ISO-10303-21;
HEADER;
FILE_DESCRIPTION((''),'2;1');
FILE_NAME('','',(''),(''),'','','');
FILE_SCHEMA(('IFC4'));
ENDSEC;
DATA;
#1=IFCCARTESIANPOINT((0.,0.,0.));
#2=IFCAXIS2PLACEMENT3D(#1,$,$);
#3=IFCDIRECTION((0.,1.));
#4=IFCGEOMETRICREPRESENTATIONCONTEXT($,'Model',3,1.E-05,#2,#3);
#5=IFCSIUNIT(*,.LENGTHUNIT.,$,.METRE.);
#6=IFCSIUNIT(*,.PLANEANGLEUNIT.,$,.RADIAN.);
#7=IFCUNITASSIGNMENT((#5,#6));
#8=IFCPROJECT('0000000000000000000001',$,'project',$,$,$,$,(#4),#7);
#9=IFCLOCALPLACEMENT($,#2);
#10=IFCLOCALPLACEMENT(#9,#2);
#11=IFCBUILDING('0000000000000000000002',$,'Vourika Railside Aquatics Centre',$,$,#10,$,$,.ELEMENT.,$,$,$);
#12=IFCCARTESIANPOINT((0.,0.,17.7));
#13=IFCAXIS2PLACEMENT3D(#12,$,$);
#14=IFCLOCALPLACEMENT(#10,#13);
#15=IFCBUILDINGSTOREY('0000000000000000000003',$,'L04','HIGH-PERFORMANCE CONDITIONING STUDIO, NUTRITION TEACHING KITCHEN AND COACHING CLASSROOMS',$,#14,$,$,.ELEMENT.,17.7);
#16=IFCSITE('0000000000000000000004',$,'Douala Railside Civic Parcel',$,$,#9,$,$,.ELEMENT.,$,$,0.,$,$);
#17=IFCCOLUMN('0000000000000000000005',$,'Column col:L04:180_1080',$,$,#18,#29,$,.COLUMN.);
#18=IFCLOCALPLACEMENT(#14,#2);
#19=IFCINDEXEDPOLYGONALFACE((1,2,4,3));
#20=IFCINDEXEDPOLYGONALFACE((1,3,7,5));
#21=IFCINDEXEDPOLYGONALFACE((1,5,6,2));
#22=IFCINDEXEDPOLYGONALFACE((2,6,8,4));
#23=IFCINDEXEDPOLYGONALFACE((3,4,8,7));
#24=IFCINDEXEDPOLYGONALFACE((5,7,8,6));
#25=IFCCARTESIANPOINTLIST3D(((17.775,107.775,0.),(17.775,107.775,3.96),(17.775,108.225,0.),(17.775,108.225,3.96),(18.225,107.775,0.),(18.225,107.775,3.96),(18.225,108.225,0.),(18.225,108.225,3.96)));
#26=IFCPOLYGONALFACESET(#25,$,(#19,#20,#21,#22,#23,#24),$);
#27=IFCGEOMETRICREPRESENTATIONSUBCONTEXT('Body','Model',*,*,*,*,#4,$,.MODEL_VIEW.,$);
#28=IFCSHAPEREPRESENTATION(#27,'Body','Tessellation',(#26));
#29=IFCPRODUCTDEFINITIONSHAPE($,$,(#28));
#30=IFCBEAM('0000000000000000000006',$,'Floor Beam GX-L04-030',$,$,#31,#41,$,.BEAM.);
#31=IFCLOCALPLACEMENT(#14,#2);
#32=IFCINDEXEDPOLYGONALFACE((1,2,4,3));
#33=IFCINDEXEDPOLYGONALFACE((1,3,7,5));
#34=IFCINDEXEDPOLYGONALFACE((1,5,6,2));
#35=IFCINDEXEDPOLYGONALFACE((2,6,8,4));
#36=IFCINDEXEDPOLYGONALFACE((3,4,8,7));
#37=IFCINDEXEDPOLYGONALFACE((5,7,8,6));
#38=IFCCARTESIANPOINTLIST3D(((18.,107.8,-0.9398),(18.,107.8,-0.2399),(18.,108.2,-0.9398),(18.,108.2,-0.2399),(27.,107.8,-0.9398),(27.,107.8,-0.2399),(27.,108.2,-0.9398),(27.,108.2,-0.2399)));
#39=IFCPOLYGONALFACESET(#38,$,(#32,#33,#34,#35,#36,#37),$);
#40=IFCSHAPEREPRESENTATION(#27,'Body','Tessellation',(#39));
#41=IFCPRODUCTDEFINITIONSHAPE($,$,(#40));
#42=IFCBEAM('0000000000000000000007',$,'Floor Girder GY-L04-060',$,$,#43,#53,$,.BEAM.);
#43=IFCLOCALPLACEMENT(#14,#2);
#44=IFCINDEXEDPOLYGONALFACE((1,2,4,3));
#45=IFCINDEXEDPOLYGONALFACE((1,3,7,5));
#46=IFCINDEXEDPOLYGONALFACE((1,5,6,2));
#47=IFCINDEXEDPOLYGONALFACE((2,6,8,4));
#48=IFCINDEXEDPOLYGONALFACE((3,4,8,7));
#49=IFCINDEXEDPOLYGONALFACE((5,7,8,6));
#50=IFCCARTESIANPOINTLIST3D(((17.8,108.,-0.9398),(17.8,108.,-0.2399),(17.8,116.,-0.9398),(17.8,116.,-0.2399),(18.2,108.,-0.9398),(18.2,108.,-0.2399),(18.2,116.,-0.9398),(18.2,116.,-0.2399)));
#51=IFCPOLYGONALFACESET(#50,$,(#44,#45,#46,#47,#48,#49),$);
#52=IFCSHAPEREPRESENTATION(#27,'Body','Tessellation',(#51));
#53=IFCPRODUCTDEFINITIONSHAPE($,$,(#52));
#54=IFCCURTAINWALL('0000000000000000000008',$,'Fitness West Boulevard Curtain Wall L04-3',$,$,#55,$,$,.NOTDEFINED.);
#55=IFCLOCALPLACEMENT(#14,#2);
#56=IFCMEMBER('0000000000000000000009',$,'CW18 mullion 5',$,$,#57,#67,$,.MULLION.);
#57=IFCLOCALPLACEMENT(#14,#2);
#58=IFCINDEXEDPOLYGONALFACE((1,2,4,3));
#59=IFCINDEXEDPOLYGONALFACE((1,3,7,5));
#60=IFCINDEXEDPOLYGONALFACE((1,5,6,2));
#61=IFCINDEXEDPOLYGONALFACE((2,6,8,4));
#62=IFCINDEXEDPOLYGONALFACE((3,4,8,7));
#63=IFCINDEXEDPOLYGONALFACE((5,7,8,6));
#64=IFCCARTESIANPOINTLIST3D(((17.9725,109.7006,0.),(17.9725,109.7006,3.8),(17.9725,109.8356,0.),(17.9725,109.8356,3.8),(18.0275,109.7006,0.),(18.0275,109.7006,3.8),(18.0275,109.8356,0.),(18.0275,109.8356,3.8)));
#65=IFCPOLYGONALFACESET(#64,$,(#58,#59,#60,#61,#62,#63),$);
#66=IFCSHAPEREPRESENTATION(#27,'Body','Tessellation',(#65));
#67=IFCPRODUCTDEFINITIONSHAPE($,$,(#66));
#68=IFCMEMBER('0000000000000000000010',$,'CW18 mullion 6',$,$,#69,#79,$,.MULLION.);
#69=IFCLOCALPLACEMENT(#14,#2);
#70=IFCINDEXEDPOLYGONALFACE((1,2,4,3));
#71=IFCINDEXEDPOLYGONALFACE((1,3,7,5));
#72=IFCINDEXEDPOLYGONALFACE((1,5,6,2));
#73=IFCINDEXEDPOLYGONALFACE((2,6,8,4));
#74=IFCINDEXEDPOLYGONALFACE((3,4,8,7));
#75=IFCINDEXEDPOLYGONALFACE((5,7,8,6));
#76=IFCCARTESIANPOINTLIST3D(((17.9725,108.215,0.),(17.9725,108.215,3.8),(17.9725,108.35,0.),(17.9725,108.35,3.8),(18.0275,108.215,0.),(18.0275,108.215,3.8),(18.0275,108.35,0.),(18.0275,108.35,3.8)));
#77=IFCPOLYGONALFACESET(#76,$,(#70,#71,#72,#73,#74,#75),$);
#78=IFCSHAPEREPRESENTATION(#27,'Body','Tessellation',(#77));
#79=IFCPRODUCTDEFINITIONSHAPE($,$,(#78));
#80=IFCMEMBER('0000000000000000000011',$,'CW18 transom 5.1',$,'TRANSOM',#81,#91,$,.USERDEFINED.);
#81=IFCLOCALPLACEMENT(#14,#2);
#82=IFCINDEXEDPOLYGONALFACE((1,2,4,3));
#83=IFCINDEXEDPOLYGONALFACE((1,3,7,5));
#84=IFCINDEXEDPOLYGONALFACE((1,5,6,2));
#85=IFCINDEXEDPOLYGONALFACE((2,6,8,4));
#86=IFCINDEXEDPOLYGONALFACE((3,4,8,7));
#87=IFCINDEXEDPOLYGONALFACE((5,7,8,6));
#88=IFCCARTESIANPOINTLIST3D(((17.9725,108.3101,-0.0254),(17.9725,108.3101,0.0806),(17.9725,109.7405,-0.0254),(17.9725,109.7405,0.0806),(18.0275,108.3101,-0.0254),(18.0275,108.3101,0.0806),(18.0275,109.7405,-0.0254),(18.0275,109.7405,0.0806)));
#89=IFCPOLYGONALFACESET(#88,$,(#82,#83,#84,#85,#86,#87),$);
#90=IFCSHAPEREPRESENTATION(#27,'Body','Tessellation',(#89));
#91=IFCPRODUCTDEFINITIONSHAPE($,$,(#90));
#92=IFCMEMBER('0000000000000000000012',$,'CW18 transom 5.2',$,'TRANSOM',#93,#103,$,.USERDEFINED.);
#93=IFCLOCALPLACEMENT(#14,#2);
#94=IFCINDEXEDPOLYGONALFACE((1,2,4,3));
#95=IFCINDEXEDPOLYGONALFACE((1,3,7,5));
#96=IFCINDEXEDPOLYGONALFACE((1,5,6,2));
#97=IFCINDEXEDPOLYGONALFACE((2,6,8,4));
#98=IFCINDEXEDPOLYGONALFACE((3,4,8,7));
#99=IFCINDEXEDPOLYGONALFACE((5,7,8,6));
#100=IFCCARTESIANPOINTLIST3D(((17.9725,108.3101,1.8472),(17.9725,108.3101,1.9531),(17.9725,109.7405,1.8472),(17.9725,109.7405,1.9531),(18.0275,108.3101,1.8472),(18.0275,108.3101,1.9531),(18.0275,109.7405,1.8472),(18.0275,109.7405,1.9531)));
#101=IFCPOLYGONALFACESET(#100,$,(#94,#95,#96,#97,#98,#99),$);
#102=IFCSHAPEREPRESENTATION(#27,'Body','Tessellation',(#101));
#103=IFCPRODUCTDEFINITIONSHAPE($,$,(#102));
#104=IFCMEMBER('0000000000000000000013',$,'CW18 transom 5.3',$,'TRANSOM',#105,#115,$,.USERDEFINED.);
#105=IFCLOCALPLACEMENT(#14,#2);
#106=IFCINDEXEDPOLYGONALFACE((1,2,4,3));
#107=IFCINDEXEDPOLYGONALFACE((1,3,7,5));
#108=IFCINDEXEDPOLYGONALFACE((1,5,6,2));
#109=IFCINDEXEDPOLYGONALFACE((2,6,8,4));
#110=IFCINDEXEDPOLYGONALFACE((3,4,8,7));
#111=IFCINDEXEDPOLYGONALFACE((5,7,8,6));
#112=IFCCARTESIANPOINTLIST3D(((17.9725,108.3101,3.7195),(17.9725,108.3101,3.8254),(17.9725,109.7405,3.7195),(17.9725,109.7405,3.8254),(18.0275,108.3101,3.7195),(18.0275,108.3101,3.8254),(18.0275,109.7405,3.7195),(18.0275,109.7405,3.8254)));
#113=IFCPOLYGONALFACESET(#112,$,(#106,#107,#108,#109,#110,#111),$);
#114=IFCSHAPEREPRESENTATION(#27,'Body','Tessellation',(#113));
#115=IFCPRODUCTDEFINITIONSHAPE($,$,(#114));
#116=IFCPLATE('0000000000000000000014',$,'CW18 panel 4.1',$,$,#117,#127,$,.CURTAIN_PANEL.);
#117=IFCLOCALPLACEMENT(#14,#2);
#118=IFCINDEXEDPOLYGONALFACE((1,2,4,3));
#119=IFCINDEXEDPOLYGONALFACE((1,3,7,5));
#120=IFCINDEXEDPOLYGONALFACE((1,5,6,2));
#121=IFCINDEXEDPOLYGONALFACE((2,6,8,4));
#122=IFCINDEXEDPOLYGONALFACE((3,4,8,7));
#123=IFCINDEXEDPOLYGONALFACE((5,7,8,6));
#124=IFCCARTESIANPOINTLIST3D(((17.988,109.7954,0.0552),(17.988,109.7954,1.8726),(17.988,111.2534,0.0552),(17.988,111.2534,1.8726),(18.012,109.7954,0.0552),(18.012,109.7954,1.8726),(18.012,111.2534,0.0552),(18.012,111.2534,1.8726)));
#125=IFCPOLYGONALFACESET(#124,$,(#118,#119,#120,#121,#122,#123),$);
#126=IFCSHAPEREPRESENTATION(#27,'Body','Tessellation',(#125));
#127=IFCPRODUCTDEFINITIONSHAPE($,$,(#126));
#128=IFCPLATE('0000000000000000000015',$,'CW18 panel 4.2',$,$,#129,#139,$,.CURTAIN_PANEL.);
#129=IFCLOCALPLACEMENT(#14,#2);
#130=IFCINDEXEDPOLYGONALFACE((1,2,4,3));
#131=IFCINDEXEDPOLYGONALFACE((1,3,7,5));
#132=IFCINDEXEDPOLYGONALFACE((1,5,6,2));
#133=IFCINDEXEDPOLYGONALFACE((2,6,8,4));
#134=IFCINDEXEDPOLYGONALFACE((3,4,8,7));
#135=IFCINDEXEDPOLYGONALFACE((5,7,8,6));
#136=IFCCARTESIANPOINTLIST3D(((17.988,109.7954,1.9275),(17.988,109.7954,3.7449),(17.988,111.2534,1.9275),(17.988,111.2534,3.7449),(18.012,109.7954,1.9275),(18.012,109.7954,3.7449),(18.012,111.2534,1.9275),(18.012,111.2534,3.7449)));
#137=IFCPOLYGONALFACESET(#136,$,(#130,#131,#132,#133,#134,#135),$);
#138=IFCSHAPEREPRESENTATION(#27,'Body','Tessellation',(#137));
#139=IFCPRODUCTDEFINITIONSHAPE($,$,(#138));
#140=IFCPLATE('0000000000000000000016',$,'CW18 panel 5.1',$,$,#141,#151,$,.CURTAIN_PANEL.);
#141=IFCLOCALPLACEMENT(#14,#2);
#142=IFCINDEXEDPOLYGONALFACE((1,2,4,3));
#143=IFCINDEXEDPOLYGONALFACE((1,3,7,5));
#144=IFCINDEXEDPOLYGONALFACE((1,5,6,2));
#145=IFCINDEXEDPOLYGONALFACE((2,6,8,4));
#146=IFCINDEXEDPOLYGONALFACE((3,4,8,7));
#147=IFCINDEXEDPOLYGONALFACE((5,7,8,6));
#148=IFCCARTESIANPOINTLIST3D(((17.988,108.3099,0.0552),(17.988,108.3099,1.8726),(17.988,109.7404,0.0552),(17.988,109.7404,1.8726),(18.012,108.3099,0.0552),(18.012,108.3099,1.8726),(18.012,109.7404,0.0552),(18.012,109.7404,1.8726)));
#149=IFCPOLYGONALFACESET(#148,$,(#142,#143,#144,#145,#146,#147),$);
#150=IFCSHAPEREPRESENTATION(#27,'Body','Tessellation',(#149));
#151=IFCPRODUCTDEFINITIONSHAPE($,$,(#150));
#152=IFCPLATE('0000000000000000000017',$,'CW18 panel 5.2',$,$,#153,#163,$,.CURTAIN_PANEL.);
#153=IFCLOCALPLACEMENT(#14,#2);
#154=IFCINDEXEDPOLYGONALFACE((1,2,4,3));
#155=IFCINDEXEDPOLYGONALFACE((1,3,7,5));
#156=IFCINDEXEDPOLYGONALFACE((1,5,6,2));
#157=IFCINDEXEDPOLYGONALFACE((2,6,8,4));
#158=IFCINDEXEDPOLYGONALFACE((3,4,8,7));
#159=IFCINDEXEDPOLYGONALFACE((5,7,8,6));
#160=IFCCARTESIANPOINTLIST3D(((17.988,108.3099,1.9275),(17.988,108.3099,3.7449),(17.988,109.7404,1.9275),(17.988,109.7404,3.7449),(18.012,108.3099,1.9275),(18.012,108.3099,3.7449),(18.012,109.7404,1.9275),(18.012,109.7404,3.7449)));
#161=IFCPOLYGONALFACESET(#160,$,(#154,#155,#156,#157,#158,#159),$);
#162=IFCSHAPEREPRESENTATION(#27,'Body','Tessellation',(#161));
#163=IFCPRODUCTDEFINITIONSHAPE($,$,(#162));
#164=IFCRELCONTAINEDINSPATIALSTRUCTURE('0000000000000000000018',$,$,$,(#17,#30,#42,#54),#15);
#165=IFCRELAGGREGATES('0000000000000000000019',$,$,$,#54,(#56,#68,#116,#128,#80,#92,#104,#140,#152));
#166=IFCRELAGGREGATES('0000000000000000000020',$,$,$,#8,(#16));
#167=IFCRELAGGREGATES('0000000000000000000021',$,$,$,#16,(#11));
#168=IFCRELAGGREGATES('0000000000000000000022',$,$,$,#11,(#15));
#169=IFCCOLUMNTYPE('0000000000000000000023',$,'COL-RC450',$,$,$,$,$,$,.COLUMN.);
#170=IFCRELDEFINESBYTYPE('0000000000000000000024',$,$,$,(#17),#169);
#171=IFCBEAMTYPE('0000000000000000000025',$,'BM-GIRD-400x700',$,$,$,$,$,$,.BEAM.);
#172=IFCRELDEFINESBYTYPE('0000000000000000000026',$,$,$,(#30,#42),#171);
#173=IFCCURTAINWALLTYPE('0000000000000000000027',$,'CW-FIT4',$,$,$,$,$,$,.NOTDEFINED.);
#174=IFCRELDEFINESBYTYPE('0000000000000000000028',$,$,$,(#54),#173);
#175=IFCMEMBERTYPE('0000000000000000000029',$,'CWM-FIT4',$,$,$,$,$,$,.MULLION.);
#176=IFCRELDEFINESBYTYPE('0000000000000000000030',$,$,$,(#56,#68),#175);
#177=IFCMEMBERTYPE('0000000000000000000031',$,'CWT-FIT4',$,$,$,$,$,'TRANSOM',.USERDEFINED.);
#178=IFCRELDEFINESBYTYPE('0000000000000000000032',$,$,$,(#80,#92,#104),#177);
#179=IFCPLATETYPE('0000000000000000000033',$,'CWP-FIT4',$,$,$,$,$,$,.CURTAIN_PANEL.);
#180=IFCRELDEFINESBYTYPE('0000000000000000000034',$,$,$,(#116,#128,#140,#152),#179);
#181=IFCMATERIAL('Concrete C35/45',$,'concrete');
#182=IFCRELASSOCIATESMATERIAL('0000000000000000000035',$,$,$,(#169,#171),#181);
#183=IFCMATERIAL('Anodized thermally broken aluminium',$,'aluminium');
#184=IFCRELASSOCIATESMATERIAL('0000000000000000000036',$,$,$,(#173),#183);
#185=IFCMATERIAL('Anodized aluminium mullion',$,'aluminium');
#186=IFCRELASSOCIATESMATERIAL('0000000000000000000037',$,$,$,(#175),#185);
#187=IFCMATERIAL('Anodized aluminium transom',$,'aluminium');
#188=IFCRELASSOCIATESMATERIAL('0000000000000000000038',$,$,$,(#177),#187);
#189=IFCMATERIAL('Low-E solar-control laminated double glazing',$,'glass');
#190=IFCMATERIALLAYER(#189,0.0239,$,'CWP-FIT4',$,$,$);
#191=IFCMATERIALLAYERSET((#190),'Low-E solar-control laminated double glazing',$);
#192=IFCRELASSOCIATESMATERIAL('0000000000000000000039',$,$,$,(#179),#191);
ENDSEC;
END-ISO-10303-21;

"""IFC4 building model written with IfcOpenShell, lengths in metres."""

from ifc_helpers import new_model, si_unit, direction, frame, origin, origin_2d, place, context, subcontext, project, spatial, rectangle, extrude, material, layer, layer_set, material_profile, profile_set, type_object, element, aggregate, save


model = new_model("IFC4")

# Units and contexts
model_context = context("Model", 3, precision=1e-05, world=origin(), true_north=direction((0.0, 1.0)))
body_context = subcontext(model_context, "Body", "Model", "MODEL_VIEW")
ifc_project = project(units=[si_unit("LENGTHUNIT", "METRE"), si_unit("PLANEANGLEUNIT", "RADIAN")], contexts=[model_context])

# Site, building, storey
site_placement = place(None, origin())
site = spatial("IfcSite", under=ifc_project, at=site_placement, Name="Douala Railside Civic Parcel", CompositionType="ELEMENT", RefElevation=0.0)
building_placement = place(site_placement, origin())
building = spatial("IfcBuilding", under=site, at=building_placement, Name="Vourika Railside Aquatics Centre", CompositionType="ELEMENT")
storey_placement = place(building_placement, frame((0.0, 0.0, 17.7)))
storey = spatial("IfcBuildingStorey", under=building, at=storey_placement, Name="L04", Description="HIGH-PERFORMANCE CONDITIONING STUDIO, NUTRITION TEACHING KITCHEN AND COACHING CLASSROOMS", CompositionType="ELEMENT", Elevation=17.7)

# Column
ifc_material_1 = material(Name="Concrete C35/45", Category="concrete")
ifc_material_profile_1 = material_profile(ifc_material_1, rectangle(XDim=0.45, YDim=0.45, at=origin_2d()), Name="RC 450x450")
ifc_profile_set_1 = profile_set([ifc_material_profile_1], Name="Concrete C35/45")
column_type = type_object("IfcColumnType", Name="COL-RC450", PredefinedType="COLUMN", material=ifc_profile_set_1)
column_placement = place(storey_placement, frame((18.0, 108.0, 0.0), z_axis=(0.0, 0.0, 1.0), x_axis=(1.0, 0.0, 0.0)))
element("IfcColumn", 1, at=column_placement, inside=storey, type_object=column_type, Name="Column col:L04:180_1080", PredefinedType="COLUMN", context=body_context, shape_type="SweptSolid", body=[
    extrude(rectangle(XDim=0.45, YDim=0.45, at=origin_2d()), origin(), (0.0, 0.0, 1.0), 3.96),
])

# Beams
ifc_material_profile_2 = material_profile(ifc_material_1, rectangle(XDim=0.3999, YDim=0.7, at=origin_2d()), Name="RC 400x700")
ifc_profile_set_2 = profile_set([ifc_material_profile_2], Name="Concrete C35/45")
beam_type = type_object("IfcBeamType", Name="BM-GIRD-400x700", PredefinedType="BEAM", material=ifc_profile_set_2)
beam_1_placement = place(storey_placement, frame((18.0, 108.0, -0.5898), z_axis=(1.0, 0.0, 0.0), x_axis=(0.0, 1.0, 0.0)))
element("IfcBeam", 2, at=beam_1_placement, inside=storey, type_object=beam_type, Name="Floor Beam GX-L04-030", PredefinedType="BEAM", context=body_context, shape_type="SweptSolid", body=[
    extrude(rectangle(XDim=0.3999, YDim=0.7, at=origin_2d()), origin(), (0.0, 0.0, 1.0), 9.0),
])
beam_2_placement = place(storey_placement, frame((18.0, 108.0, -0.5898), z_axis=(0.0, 1.0, 0.0), x_axis=(-1.0, 0.0, 0.0)))
element("IfcBeam", 3, at=beam_2_placement, inside=storey, type_object=beam_type, Name="Floor Girder GY-L04-060", PredefinedType="BEAM", context=body_context, shape_type="SweptSolid", body=[
    extrude(rectangle(XDim=0.3999, YDim=0.7, at=origin_2d()), origin(), (0.0, 0.0, 1.0), 8.0),
])

# Curtain wall, members, plates
ifc_material_2 = material(Name="Anodized thermally broken aluminium", Category="aluminium")
curtain_wall_type = type_object("IfcCurtainWallType", Name="CW-FIT4", PredefinedType="NOTDEFINED", material=ifc_material_2)
curtain_wall_placement = place(storey_placement, origin())
curtain_wall = element("IfcCurtainWall", 4, at=curtain_wall_placement, inside=storey, type_object=curtain_wall_type, Name="Fitness West Boulevard Curtain Wall L04-3", PredefinedType="NOTDEFINED")
ifc_material_3 = material(Name="Anodized aluminium mullion", Category="aluminium")
ifc_material_profile_3 = material_profile(ifc_material_3, rectangle(XDim=0.0549, YDim=0.135, at=origin_2d()), Name="ALU-M 55x135")
ifc_profile_set_3 = profile_set([ifc_material_profile_3], Name="Anodized aluminium mullion")
member_type_1 = type_object("IfcMemberType", Name="CWM-FIT4", PredefinedType="MULLION", material=ifc_profile_set_3)
member_1_placement = place(storey_placement, frame((18.0, 109.7681, 0.0), z_axis=(0.0, 0.0, 1.0), x_axis=(1.0, 0.0, 0.0)))
member_1 = element("IfcMember", 5, at=member_1_placement, type_object=member_type_1, Name="CW18 mullion 5", PredefinedType="MULLION", context=body_context, shape_type="SweptSolid", body=[
    extrude(rectangle(XDim=0.0549, YDim=0.135, at=origin_2d()), origin(), (0.0, 0.0, 1.0), 3.8),
])
member_2_placement = place(storey_placement, frame((18.0, 108.2825, 0.0), z_axis=(0.0, 0.0, 1.0), x_axis=(1.0, 0.0, 0.0)))
member_2 = element("IfcMember", 6, at=member_2_placement, type_object=member_type_1, Name="CW18 mullion 6", PredefinedType="MULLION", context=body_context, shape_type="SweptSolid", body=[
    extrude(rectangle(XDim=0.0549, YDim=0.135, at=origin_2d()), origin(), (0.0, 0.0, 1.0), 3.8),
])
ifc_material_4 = material(Name="Anodized aluminium transom", Category="aluminium")
ifc_material_profile_4 = material_profile(ifc_material_4, rectangle(XDim=0.0549, YDim=0.106, at=origin_2d()), Name="ALU-T 55x106")
ifc_profile_set_4 = profile_set([ifc_material_profile_4], Name="Anodized aluminium transom")
member_type_2 = type_object("IfcMemberType", Name="CWT-FIT4", ElementType="TRANSOM", PredefinedType="USERDEFINED", material=ifc_profile_set_4)
member_3_placement = place(storey_placement, frame((18.0, 109.7405, 0.0276), z_axis=(0.0, -1.0, 0.0), x_axis=(1.0, 0.0, 0.0)))
member_3 = element("IfcMember", 7, at=member_3_placement, type_object=member_type_2, Name="CW18 transom 5.1", ObjectType="TRANSOM", PredefinedType="USERDEFINED", context=body_context, shape_type="SweptSolid", body=[
    extrude(rectangle(XDim=0.0549, YDim=0.106, at=origin_2d()), origin(), (0.0, 0.0, 1.0), 1.4304),
])
member_4_placement = place(storey_placement, frame((18.0, 109.7405, 1.9001), z_axis=(0.0, -1.0, 0.0), x_axis=(1.0, 0.0, 0.0)))
member_4 = element("IfcMember", 8, at=member_4_placement, type_object=member_type_2, Name="CW18 transom 5.2", ObjectType="TRANSOM", PredefinedType="USERDEFINED", context=body_context, shape_type="SweptSolid", body=[
    extrude(rectangle(XDim=0.0549, YDim=0.106, at=origin_2d()), origin(), (0.0, 0.0, 1.0), 1.4304),
])
member_5_placement = place(storey_placement, frame((18.0, 109.7405, 3.7725), z_axis=(0.0, -1.0, 0.0), x_axis=(1.0, 0.0, 0.0)))
member_5 = element("IfcMember", 9, at=member_5_placement, type_object=member_type_2, Name="CW18 transom 5.3", ObjectType="TRANSOM", PredefinedType="USERDEFINED", context=body_context, shape_type="SweptSolid", body=[
    extrude(rectangle(XDim=0.0549, YDim=0.106, at=origin_2d()), origin(), (0.0, 0.0, 1.0), 1.4304),
])
ifc_material_5 = material(Name="Low-E solar-control laminated double glazing", Category="glass")
ifc_layer_1 = layer(ifc_material_5, 0.0239, Name="CWP-FIT4")
ifc_layer_set_1 = layer_set([ifc_layer_1], Name="Low-E solar-control laminated double glazing")
plate_type = type_object("IfcPlateType", Name="CWP-FIT4", PredefinedType="CURTAIN_PANEL", material=ifc_layer_set_1)
plate_1_placement = place(storey_placement, frame((18.0, 110.5244, 0.0552), z_axis=(0.0, 0.0, 1.0), x_axis=(0.0, -1.0, 0.0)))
plate_1 = element("IfcPlate", 10, at=plate_1_placement, type_object=plate_type, Name="CW18 panel 4.1", PredefinedType="CURTAIN_PANEL", context=body_context, shape_type="SweptSolid", body=[
    extrude(rectangle(XDim=1.458, YDim=0.0239, at=origin_2d()), origin(), (0.0, 0.0, 1.0), 1.8174),
])
plate_2_placement = place(storey_placement, frame((18.0, 110.5244, 1.9275), z_axis=(0.0, 0.0, 1.0), x_axis=(0.0, -1.0, 0.0)))
plate_2 = element("IfcPlate", 11, at=plate_2_placement, type_object=plate_type, Name="CW18 panel 4.2", PredefinedType="CURTAIN_PANEL", context=body_context, shape_type="SweptSolid", body=[
    extrude(rectangle(XDim=1.458, YDim=0.0239, at=origin_2d()), origin(), (0.0, 0.0, 1.0), 1.8174),
])
plate_3_placement = place(storey_placement, frame((18.0, 109.0251, 0.0552), z_axis=(0.0, 0.0, 1.0), x_axis=(0.0, -1.0, 0.0)))
plate_3 = element("IfcPlate", 12, at=plate_3_placement, type_object=plate_type, Name="CW18 panel 5.1", PredefinedType="CURTAIN_PANEL", context=body_context, shape_type="SweptSolid", body=[
    extrude(rectangle(XDim=1.4304, YDim=0.0239, at=origin_2d()), origin(), (0.0, 0.0, 1.0), 1.8174),
])
plate_4_placement = place(storey_placement, frame((18.0, 109.0251, 1.9275), z_axis=(0.0, 0.0, 1.0), x_axis=(0.0, -1.0, 0.0)))
plate_4 = element("IfcPlate", 13, at=plate_4_placement, type_object=plate_type, Name="CW18 panel 5.2", PredefinedType="CURTAIN_PANEL", context=body_context, shape_type="SweptSolid", body=[
    extrude(rectangle(XDim=1.4304, YDim=0.0239, at=origin_2d()), origin(), (0.0, 0.0, 1.0), 1.8174),
])
aggregate(curtain_wall, [member_1, member_2, plate_1, plate_2, member_3, member_4, member_5, plate_3, plate_4])

save(model, "model.ifc")
